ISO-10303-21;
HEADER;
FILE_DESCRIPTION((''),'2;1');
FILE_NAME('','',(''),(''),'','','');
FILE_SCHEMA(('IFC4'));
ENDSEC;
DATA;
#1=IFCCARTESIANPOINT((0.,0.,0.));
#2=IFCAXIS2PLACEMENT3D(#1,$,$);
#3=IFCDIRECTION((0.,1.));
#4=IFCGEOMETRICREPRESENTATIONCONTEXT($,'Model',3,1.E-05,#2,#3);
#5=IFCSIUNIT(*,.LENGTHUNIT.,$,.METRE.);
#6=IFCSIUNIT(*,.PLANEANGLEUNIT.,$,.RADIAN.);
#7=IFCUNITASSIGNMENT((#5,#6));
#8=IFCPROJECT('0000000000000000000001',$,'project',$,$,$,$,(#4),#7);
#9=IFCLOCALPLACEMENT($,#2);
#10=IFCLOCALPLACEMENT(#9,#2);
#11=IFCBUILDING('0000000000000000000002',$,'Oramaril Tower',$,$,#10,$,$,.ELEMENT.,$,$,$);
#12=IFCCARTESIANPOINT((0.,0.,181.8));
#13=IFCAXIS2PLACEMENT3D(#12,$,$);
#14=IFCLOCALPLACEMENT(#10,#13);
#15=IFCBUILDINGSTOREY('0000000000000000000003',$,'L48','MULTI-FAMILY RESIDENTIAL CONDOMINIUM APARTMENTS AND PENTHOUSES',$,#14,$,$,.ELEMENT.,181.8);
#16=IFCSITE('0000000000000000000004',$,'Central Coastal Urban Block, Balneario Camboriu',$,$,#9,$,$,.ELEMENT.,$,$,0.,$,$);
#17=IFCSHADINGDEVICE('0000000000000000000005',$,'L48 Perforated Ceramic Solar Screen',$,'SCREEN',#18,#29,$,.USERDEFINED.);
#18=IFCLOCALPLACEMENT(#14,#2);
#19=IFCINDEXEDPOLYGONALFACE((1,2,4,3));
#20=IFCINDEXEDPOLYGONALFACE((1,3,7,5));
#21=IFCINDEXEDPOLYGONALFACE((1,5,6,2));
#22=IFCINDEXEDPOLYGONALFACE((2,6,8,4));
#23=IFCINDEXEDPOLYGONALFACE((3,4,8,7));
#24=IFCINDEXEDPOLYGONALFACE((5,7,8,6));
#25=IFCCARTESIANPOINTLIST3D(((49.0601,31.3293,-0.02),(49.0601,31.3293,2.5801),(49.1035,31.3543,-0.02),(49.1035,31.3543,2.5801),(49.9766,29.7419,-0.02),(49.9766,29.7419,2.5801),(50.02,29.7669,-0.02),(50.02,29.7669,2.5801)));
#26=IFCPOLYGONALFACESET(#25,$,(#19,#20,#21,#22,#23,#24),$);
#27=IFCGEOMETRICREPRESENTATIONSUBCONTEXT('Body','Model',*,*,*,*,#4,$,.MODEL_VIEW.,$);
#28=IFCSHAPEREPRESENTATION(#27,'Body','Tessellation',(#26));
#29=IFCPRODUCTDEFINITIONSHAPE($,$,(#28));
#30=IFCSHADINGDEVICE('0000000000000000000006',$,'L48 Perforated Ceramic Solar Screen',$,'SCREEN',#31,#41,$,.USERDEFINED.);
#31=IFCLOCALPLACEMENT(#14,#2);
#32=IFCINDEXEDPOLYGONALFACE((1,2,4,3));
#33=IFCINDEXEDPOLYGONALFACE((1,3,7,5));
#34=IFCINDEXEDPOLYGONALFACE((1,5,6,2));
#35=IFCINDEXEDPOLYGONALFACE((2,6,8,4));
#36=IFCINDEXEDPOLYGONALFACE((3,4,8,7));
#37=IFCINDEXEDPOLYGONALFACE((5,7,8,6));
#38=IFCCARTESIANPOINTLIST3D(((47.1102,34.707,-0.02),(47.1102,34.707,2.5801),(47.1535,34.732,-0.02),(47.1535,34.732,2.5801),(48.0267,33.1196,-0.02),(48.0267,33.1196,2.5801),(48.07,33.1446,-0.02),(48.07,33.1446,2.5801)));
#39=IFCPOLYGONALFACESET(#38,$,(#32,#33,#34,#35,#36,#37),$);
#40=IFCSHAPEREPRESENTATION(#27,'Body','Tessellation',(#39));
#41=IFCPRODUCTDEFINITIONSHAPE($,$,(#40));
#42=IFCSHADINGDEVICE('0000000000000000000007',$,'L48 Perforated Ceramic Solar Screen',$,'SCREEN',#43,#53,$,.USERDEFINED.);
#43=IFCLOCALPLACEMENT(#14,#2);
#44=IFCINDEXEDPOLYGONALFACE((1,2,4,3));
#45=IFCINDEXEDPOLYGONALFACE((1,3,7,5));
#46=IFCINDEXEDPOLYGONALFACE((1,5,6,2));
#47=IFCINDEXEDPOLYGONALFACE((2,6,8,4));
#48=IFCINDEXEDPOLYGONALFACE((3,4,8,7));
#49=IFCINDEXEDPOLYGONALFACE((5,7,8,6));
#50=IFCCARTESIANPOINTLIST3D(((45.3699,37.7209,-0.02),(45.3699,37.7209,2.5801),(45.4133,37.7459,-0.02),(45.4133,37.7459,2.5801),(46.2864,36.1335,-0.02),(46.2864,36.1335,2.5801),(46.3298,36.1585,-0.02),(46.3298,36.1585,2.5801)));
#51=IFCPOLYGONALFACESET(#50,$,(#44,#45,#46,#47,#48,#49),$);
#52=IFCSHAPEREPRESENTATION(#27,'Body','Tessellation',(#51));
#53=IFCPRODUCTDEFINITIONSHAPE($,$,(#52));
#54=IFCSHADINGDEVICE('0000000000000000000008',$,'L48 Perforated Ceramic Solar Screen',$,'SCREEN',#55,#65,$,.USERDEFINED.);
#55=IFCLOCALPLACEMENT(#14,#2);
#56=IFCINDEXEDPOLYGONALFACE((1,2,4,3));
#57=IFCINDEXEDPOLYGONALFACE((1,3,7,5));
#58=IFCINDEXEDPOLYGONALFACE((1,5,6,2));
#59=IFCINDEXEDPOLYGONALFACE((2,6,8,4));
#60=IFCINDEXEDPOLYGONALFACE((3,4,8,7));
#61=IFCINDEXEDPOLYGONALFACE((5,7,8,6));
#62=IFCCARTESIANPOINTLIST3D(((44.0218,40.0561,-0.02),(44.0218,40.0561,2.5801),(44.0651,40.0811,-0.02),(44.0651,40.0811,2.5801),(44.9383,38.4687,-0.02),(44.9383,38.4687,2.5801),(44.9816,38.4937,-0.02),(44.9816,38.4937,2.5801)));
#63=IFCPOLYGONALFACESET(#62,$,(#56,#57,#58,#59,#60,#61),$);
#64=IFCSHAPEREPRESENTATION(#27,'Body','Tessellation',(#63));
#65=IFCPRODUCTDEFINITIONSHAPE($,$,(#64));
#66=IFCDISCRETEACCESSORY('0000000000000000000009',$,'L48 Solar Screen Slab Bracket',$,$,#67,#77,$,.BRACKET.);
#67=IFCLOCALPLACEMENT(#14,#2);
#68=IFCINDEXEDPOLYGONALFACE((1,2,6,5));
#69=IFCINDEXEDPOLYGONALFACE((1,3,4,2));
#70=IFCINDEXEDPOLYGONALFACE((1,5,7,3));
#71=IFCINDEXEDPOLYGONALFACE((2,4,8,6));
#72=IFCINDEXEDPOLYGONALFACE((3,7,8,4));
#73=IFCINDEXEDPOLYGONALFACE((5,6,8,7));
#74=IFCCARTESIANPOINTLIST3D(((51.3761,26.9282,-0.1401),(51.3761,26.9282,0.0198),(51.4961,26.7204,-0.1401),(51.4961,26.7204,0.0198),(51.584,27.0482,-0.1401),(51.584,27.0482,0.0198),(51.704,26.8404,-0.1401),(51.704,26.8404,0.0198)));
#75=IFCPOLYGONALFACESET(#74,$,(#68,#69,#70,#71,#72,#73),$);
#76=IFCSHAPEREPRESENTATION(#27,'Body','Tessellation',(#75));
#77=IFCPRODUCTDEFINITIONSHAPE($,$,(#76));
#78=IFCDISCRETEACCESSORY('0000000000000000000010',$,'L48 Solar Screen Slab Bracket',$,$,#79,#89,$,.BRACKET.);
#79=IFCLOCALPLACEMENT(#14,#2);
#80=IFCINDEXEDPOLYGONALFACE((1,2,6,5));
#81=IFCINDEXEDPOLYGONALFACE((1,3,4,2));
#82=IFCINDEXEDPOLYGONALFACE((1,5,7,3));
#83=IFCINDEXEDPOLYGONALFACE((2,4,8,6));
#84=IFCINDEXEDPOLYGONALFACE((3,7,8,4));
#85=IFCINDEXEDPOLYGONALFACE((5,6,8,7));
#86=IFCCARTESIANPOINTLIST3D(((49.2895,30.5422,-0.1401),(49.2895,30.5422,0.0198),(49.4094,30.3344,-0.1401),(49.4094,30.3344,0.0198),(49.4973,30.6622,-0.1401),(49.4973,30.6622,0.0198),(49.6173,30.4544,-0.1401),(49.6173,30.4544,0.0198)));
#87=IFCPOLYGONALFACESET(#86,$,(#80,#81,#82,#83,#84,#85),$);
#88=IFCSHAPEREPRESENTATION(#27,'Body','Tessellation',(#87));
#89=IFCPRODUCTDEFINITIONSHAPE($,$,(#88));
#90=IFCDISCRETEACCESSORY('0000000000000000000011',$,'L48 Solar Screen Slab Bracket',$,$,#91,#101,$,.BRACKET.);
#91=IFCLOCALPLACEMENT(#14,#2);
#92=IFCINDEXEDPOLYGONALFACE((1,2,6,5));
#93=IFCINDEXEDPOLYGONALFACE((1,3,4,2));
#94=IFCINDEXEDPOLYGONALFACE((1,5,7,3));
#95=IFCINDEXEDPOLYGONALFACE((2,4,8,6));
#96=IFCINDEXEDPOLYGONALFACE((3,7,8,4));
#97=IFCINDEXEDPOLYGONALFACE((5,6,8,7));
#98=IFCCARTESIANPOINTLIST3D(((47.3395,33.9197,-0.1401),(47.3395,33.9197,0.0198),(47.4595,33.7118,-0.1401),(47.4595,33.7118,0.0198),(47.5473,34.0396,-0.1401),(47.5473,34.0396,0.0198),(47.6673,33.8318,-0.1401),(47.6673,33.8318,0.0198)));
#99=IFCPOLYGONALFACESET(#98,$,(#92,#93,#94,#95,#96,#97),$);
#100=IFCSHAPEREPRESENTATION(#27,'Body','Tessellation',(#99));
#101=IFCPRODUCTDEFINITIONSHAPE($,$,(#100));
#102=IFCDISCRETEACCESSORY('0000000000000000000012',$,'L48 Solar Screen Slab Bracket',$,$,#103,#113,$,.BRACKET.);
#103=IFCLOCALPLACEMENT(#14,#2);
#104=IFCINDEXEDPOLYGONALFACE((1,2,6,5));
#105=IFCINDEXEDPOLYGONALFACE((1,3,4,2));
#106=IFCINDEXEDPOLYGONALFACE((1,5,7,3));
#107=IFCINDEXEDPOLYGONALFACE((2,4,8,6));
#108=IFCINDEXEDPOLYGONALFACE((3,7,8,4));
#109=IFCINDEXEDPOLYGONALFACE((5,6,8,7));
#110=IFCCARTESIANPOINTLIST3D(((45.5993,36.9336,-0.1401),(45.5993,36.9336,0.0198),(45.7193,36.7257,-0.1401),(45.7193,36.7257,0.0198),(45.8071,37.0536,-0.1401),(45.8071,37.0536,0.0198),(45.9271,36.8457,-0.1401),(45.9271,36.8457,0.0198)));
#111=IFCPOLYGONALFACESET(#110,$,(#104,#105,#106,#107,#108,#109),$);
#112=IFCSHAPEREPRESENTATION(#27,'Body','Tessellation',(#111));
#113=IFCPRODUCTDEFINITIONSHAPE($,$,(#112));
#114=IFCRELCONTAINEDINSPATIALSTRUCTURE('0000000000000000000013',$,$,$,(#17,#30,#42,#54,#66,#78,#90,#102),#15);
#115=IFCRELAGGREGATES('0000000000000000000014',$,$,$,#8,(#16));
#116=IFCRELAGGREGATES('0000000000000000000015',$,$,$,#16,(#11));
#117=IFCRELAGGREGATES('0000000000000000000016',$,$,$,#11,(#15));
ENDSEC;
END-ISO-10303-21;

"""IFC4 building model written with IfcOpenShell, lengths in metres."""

from ifc_helpers import new_model, si_unit, direction, frame, origin, origin_2d, place, context, subcontext, project, spatial, rectangle, extrude, element, save


model = new_model("IFC4")

# Units and contexts
model_context = context("Model", 3, precision=1e-05, world=origin(), true_north=direction((0.0, 1.0)))
body_context = subcontext(model_context, "Body", "Model", "MODEL_VIEW")
ifc_project = project(units=[si_unit("LENGTHUNIT", "METRE"), si_unit("PLANEANGLEUNIT", "RADIAN")], contexts=[model_context])

# Site, building, storey
site_placement = place(None, origin())
site = spatial("IfcSite", under=ifc_project, at=site_placement, Name="Central Coastal Urban Block, Balneario Camboriu", CompositionType="ELEMENT", RefElevation=0.0)
building_placement = place(site_placement, origin())
building = spatial("IfcBuilding", under=site, at=building_placement, Name="Oramaril Tower", CompositionType="ELEMENT")
storey_placement = place(building_placement, frame((0.0, 0.0, 181.8)))
storey = spatial("IfcBuildingStorey", under=building, at=storey_placement, Name="L48", Description="MULTI-FAMILY RESIDENTIAL CONDOMINIUM APARTMENTS AND PENTHOUSES", CompositionType="ELEMENT", Elevation=181.8)

# Shading devices
for number, where, z_axis, x_axis, name in (
    (1, (49.54, 30.5481, -0.02), (0.0, 0.0, 1.0), (-0.5, 0.866025, 0.0), "L48 Perforated Ceramic Solar Screen"),
    (2, (47.5901, 33.9258, -0.02), (0.0, 0.0, 1.0), (-0.5, 0.866025, 0.0), "L48 Perforated Ceramic Solar Screen"),
    (3, (45.8499, 36.9397, -0.02), (0.0, 0.0, 1.0), (-0.5, 0.866025, 0.0), "L48 Perforated Ceramic Solar Screen"),
    (4, (44.5017, 39.2749, -0.02), (0.0, 0.0, 1.0), (-0.5, 0.866025, 0.0), "L48 Perforated Ceramic Solar Screen"),
):
    element("IfcShadingDevice", number, at=place(storey_placement, frame(where, z_axis=z_axis, x_axis=x_axis)), inside=storey, Name=name, ObjectType="SCREEN", PredefinedType="USERDEFINED", context=body_context, shape_type="SweptSolid", body=[
        extrude(rectangle(XDim=1.833, YDim=0.05, at=origin_2d()), origin(), (0.0, 0.0, 1.0), 2.6001),
    ])

# Discrete accessories
for number, where, z_axis, x_axis, name in (
    (5, (51.54, 26.8843, -0.1401), (0.0, 0.0, 1.0), (-0.5, 0.866025, 0.0), "L48 Solar Screen Slab Bracket"),
    (6, (49.4534, 30.4983, -0.1401), (0.0, 0.0, 1.0), (-0.5, 0.866025, 0.0), "L48 Solar Screen Slab Bracket"),
    (7, (47.5034, 33.8757, -0.1401), (0.0, 0.0, 1.0), (-0.5, 0.866025, 0.0), "L48 Solar Screen Slab Bracket"),
    (8, (45.7632, 36.8896, -0.1401), (0.0, 0.0, 1.0), (-0.5, 0.866025, 0.0), "L48 Solar Screen Slab Bracket"),
):
    element("IfcDiscreteAccessory", number, at=place(storey_placement, frame(where, z_axis=z_axis, x_axis=x_axis)), inside=storey, Name=name, PredefinedType="BRACKET", context=body_context, shape_type="SweptSolid", body=[
        extrude(rectangle(XDim=0.24, YDim=0.24, at=origin_2d()), origin(), (0.0, 0.0, 1.0), 0.1599),
    ])

save(model, "model.ifc")
